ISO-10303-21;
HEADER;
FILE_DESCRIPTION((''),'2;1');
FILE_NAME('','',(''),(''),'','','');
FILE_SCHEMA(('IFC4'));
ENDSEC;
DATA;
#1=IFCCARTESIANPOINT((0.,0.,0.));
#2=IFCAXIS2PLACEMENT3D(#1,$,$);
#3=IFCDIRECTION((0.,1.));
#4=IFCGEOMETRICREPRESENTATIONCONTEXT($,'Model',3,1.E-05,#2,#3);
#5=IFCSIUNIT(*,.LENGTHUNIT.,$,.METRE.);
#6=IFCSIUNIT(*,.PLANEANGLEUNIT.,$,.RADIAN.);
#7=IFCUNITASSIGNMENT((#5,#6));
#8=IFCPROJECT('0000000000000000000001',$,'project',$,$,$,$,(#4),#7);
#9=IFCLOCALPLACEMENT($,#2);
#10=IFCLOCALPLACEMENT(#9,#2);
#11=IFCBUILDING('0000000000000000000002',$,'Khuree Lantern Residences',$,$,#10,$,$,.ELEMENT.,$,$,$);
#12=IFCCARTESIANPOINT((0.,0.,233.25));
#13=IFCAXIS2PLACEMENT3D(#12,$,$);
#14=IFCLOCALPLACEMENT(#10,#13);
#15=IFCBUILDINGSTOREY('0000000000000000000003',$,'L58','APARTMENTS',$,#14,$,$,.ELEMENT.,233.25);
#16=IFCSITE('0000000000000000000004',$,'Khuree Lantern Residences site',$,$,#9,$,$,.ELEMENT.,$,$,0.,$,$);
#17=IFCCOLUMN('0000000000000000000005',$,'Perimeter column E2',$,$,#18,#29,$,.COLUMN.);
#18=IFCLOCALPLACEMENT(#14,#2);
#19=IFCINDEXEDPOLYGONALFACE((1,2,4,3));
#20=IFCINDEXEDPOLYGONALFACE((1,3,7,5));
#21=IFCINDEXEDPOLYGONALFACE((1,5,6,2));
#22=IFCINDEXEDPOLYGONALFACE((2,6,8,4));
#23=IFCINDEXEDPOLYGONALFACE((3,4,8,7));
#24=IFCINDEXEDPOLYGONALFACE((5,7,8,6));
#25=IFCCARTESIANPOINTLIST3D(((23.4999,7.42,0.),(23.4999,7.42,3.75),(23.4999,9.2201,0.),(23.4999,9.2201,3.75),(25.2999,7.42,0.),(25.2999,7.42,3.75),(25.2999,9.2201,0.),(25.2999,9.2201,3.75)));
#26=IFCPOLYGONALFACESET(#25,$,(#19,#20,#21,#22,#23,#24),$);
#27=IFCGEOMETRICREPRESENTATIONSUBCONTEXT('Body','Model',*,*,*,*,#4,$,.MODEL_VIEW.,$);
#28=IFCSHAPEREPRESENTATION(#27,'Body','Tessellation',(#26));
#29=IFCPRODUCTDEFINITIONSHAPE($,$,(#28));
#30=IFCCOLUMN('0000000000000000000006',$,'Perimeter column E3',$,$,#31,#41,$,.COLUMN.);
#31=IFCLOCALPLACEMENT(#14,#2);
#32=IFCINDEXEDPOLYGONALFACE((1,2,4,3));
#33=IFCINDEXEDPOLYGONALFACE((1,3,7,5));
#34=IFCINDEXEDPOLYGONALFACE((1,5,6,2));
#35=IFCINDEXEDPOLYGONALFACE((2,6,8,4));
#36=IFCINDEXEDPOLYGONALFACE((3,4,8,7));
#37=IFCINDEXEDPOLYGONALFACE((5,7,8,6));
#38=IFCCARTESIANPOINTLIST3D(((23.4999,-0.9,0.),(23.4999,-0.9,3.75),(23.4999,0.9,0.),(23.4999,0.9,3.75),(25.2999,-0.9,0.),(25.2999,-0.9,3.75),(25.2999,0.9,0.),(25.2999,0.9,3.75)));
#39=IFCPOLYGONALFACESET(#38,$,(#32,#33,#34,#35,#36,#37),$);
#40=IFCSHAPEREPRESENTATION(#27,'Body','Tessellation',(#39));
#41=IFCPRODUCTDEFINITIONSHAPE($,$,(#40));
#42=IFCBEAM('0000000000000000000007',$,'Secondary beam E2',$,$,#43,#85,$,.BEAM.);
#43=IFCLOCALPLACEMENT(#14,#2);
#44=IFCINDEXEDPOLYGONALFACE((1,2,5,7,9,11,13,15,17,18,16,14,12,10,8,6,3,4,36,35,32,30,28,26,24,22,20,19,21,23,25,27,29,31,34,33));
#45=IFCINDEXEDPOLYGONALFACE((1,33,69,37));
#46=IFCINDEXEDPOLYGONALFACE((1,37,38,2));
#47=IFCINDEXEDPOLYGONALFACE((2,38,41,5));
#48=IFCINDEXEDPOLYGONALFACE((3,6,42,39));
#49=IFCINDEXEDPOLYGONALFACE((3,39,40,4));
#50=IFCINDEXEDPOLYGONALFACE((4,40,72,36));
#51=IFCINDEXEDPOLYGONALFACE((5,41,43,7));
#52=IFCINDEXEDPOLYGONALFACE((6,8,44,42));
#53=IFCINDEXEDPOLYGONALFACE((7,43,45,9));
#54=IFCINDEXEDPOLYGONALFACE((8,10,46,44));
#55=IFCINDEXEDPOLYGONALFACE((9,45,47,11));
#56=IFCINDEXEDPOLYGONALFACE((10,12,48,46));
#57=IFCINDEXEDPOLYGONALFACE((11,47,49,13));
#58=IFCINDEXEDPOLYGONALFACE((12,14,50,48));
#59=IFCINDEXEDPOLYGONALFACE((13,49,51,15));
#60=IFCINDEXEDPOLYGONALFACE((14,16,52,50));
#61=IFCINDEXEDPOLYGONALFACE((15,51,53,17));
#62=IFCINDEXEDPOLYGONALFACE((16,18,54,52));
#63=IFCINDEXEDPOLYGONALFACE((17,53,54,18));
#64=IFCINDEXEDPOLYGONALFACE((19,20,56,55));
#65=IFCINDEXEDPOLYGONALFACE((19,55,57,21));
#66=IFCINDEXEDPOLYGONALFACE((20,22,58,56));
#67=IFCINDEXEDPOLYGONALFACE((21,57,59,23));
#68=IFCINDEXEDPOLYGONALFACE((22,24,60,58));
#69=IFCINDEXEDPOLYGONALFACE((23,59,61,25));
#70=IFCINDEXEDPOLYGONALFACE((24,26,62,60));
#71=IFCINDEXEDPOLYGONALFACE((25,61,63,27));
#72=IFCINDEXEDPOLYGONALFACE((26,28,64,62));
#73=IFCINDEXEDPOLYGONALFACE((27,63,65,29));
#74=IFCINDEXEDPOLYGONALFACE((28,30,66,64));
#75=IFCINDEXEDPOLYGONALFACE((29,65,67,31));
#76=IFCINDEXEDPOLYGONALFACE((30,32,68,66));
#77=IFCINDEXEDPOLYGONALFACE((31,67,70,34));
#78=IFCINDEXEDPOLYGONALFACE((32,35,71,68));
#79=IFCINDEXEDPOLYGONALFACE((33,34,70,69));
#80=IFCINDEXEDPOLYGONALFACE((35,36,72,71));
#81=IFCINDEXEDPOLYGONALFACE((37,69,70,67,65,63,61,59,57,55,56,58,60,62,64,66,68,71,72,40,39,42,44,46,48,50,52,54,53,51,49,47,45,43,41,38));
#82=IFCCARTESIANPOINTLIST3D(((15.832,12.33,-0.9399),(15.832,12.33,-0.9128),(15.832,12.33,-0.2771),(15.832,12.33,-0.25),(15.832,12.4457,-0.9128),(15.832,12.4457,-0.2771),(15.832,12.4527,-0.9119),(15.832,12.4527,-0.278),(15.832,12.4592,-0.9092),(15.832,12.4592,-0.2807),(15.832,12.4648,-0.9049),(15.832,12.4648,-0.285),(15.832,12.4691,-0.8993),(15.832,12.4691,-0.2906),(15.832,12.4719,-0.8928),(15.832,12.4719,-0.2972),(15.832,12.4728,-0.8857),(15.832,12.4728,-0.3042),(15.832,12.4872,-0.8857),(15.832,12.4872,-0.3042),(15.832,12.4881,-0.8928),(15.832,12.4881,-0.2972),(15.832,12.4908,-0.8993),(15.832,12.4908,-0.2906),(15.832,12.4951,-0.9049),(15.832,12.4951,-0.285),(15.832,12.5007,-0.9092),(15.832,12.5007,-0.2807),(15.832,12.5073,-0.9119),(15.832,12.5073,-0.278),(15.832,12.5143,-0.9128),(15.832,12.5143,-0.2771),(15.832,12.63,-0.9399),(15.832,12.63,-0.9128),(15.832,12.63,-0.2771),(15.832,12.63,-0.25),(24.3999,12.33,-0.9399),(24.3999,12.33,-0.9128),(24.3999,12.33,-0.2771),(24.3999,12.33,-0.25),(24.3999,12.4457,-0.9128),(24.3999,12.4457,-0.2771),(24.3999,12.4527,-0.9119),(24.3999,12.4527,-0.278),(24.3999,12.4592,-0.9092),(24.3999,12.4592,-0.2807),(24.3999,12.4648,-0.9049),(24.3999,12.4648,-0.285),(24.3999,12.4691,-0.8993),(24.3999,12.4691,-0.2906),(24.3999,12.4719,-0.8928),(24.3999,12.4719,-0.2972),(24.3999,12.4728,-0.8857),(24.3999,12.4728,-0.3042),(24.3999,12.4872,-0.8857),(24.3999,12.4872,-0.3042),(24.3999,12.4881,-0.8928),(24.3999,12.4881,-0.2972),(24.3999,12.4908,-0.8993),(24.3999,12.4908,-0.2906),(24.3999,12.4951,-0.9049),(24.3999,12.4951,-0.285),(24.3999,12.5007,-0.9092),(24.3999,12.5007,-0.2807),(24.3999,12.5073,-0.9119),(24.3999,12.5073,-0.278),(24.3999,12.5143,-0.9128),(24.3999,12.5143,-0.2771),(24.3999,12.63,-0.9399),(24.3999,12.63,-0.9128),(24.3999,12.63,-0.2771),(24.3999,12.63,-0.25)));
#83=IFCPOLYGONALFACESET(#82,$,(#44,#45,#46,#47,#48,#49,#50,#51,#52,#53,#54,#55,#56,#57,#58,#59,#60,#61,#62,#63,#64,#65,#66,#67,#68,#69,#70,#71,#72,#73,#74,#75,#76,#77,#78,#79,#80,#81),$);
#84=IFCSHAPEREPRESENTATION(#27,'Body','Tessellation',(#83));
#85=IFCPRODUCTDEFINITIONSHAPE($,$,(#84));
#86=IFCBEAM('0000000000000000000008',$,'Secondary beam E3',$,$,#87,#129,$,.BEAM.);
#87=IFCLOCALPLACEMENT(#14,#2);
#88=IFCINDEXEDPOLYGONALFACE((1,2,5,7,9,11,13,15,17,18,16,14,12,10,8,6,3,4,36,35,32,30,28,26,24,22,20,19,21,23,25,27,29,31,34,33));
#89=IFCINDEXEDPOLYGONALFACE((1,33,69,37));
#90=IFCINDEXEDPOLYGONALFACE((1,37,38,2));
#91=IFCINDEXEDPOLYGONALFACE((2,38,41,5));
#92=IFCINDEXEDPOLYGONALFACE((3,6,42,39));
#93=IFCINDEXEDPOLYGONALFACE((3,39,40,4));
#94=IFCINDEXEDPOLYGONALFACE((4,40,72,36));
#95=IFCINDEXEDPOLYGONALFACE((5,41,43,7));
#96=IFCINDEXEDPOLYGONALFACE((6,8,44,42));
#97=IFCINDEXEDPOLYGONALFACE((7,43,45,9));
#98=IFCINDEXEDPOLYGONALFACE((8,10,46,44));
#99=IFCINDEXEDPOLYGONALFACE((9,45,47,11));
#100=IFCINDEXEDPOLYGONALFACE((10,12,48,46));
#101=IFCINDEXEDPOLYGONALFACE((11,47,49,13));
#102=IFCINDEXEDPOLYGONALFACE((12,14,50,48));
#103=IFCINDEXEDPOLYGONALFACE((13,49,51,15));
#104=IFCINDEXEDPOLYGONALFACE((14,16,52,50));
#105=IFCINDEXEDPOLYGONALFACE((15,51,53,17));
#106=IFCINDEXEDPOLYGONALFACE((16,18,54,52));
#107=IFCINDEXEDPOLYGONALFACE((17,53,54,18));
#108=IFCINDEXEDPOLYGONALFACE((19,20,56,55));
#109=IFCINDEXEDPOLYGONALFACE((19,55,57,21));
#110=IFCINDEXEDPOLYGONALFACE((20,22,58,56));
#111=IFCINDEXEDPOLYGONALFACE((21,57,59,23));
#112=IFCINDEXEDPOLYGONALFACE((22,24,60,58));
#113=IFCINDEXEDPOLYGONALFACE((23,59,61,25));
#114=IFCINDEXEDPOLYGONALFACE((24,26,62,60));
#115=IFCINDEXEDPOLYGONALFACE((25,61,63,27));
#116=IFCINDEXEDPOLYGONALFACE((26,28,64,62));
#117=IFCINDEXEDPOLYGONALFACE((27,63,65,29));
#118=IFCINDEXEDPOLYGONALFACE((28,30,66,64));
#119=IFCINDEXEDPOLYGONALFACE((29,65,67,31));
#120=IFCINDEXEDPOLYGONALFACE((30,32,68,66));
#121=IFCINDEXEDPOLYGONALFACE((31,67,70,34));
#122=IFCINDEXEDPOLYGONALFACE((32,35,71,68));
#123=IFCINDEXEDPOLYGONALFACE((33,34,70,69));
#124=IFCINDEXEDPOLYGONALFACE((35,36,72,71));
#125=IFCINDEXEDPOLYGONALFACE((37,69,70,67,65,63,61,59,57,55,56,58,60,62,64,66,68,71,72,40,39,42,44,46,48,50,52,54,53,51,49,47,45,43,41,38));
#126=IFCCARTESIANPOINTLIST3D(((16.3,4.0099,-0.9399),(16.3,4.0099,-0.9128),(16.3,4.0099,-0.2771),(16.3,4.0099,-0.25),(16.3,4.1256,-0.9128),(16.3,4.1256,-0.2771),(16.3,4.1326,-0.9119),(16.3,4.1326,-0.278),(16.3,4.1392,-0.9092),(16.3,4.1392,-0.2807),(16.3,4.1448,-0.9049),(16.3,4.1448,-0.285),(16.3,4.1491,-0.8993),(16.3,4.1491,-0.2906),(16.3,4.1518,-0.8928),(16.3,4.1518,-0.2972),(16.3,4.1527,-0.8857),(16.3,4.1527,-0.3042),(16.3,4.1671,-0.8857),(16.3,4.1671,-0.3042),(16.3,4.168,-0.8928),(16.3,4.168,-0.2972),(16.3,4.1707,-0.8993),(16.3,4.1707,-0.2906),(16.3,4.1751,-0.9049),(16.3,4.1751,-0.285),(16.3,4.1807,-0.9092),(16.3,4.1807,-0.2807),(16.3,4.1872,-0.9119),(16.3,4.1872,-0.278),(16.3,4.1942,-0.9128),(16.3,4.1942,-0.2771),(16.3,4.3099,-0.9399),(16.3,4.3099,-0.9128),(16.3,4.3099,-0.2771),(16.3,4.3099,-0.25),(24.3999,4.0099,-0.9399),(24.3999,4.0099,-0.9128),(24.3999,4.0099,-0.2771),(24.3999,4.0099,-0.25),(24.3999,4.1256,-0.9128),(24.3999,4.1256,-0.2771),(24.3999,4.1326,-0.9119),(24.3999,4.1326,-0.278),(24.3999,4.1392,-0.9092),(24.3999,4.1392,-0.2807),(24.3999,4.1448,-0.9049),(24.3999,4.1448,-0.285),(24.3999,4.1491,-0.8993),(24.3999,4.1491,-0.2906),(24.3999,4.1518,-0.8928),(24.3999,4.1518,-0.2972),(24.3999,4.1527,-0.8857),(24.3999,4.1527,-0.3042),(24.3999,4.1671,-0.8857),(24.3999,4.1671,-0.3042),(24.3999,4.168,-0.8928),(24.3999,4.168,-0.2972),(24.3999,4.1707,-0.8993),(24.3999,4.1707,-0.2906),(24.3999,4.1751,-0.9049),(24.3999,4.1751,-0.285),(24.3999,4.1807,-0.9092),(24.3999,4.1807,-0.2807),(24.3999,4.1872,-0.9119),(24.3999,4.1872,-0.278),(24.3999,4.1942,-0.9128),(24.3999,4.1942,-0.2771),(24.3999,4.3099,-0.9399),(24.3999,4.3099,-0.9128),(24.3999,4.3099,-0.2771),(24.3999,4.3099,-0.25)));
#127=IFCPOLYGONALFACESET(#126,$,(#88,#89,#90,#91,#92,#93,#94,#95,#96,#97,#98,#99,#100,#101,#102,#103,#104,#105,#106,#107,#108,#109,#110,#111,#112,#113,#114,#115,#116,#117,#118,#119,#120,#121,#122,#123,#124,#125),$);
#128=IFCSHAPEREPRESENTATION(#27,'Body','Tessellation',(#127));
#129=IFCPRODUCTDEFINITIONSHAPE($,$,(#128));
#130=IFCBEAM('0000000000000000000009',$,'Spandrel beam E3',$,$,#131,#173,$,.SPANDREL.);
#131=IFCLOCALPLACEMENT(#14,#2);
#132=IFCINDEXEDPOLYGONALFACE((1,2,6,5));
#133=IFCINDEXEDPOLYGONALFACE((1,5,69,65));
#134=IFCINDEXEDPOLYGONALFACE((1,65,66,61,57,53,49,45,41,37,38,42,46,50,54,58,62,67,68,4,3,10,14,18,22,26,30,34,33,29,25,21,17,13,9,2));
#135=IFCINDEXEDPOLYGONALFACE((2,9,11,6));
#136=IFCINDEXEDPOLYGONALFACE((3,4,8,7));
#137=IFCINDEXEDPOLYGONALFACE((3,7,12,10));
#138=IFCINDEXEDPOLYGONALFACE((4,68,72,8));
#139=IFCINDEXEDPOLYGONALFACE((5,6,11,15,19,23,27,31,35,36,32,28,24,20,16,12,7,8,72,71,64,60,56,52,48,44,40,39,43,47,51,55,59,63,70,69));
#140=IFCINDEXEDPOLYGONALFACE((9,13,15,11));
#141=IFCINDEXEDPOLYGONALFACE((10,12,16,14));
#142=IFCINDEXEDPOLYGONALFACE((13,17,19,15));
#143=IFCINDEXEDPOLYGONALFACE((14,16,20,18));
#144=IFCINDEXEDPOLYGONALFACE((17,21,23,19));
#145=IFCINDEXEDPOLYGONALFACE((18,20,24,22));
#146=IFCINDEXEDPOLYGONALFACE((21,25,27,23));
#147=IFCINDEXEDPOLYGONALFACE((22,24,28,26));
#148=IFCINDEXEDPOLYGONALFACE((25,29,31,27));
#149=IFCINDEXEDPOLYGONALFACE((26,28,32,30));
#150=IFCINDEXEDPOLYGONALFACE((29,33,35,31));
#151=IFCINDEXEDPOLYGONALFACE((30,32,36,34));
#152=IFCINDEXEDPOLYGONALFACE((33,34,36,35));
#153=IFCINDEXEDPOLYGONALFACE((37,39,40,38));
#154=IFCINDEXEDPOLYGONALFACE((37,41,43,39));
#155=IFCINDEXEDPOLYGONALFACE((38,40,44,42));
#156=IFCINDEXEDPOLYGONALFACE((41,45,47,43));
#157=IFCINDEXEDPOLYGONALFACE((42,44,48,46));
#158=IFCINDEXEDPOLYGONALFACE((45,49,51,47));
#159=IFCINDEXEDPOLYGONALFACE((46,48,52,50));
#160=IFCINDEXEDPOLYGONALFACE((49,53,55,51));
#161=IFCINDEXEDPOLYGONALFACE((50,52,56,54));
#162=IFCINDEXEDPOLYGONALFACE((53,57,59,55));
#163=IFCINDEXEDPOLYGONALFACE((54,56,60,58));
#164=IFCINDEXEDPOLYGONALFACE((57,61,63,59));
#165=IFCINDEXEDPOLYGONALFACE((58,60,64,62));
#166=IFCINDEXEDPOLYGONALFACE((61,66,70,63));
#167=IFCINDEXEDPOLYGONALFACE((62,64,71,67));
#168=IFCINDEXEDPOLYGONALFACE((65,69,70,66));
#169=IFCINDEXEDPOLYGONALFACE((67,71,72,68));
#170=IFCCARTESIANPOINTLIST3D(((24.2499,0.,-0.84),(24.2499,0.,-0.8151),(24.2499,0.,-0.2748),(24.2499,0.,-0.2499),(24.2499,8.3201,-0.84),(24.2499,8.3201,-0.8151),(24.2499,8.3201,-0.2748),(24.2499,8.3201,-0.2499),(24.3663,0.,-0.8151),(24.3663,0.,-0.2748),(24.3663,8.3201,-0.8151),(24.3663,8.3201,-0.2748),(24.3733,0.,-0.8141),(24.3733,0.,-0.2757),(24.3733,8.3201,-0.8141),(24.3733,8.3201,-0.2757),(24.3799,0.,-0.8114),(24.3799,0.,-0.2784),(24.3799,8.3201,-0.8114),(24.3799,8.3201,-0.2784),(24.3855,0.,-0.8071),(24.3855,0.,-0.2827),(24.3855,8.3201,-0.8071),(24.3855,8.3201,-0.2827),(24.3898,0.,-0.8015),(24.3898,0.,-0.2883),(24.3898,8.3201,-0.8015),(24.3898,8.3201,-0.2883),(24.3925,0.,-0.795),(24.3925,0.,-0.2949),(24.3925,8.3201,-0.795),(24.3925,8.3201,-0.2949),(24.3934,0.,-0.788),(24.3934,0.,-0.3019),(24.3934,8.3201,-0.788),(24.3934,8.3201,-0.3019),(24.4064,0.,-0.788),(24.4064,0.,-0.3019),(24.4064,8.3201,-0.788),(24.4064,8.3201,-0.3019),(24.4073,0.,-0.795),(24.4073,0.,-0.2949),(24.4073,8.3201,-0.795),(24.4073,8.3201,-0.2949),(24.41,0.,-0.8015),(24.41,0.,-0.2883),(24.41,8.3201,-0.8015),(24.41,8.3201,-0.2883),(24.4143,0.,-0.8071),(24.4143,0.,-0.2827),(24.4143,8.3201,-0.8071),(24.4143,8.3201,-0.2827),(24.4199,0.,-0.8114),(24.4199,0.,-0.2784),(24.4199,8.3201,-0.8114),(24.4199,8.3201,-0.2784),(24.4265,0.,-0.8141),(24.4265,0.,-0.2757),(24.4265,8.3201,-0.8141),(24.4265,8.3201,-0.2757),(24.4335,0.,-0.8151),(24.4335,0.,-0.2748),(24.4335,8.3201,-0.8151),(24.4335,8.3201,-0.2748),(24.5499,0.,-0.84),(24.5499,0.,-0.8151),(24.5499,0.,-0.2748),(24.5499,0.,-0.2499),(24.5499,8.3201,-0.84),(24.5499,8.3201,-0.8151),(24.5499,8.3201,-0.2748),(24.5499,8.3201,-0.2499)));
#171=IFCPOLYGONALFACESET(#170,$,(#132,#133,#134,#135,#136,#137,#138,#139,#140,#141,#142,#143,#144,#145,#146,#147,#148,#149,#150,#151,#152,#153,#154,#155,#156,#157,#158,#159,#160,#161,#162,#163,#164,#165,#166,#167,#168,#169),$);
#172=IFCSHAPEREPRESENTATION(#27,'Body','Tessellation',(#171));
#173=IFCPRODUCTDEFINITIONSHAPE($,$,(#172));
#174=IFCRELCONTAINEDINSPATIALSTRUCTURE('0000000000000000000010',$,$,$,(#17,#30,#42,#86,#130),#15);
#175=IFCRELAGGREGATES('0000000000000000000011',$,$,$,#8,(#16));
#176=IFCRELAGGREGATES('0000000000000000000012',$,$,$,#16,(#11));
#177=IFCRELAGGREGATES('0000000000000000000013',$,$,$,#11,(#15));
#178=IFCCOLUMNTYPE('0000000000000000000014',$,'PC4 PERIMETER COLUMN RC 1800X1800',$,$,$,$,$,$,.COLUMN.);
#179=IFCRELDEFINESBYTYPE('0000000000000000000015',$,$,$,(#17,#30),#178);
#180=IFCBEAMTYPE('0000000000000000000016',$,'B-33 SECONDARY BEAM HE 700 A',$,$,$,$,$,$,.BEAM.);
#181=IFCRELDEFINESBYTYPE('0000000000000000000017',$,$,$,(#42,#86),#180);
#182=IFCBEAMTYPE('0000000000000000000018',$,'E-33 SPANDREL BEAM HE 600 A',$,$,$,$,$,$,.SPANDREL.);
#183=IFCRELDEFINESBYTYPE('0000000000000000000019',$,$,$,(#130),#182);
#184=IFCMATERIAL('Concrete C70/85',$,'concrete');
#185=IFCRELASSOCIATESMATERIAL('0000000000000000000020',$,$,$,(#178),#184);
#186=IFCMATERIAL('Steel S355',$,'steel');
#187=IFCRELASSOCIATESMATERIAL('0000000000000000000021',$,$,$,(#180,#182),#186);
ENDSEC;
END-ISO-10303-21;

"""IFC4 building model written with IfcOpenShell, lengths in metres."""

from ifc_helpers import new_model, si_unit, direction, frame, origin, origin_2d, place, context, subcontext, project, spatial, rectangle, i_section, extrude, material, material_profile, profile_set, type_object, element, save


model = new_model("IFC4")

# Units and contexts
model_context = context("Model", 3, precision=1e-05, world=origin(), true_north=direction((0.0, 1.0)))
body_context = subcontext(model_context, "Body", "Model", "MODEL_VIEW")
ifc_project = project(units=[si_unit("LENGTHUNIT", "METRE"), si_unit("PLANEANGLEUNIT", "RADIAN")], contexts=[model_context])

# Site, building, storey
site_placement = place(None, origin())
site = spatial("IfcSite", under=ifc_project, at=site_placement, Name="Khuree Lantern Residences site", CompositionType="ELEMENT", RefElevation=0.0)
building_placement = place(site_placement, origin())
building = spatial("IfcBuilding", under=site, at=building_placement, Name="Khuree Lantern Residences", CompositionType="ELEMENT")
storey_placement = place(building_placement, frame((0.0, 0.0, 233.25)))
storey = spatial("IfcBuildingStorey", under=building, at=storey_placement, Name="L58", Description="APARTMENTS", CompositionType="ELEMENT", Elevation=233.25)

# Columns
ifc_material_1 = material(Name="Concrete C70/85", Category="concrete")
ifc_material_profile_1 = material_profile(ifc_material_1, rectangle(XDim=1.8, YDim=1.8, at=origin_2d()), Name="RC 1800X1800")
ifc_profile_set_1 = profile_set([ifc_material_profile_1], Name="Concrete C70/85")
column_type = type_object("IfcColumnType", Name="PC4 PERIMETER COLUMN RC 1800X1800", PredefinedType="COLUMN", material=ifc_profile_set_1)
for number, where, z_axis, x_axis, name in (
    (1, (24.3999, 8.3201, 0.0), (0.0, 0.0, 1.0), (0.0, 1.0, 0.0), "Perimeter column E2"),
    (2, (24.3999, 0.0, 0.0), (0.0, 0.0, 1.0), (0.0, 1.0, 0.0), "Perimeter column E3"),
):
    element("IfcColumn", number, at=place(storey_placement, frame(where, z_axis=z_axis, x_axis=x_axis)), inside=storey, type_object=column_type, Name=name, PredefinedType="COLUMN", context=body_context, shape_type="SweptSolid", body=[
        extrude(rectangle(XDim=1.8, YDim=1.8, at=origin_2d()), origin(), (0.0, 0.0, 1.0), 3.75),
    ])

# Beams
ifc_material_2 = material(Name="Steel S355", Category="steel")
ifc_material_profile_2 = material_profile(ifc_material_2, i_section(OverallWidth=0.3, OverallDepth=0.6899, WebThickness=0.0144, FlangeThickness=0.0271, FilletRadius=0.0271, at=origin_2d()), Name="HE 700 A")
ifc_profile_set_2 = profile_set([ifc_material_profile_2], Name="Steel S355")
beam_type_1 = type_object("IfcBeamType", Name="B-33 SECONDARY BEAM HE 700 A", PredefinedType="BEAM", material=ifc_profile_set_2)
beam_1_placement = place(storey_placement, frame((24.3999, 12.48, -0.595), z_axis=(-1.0, 0.0, 0.0), x_axis=(0.0, -1.0, 0.0)))
element("IfcBeam", 3, at=beam_1_placement, inside=storey, type_object=beam_type_1, Name="Secondary beam E2", PredefinedType="BEAM", context=body_context, shape_type="SweptSolid", body=[
    extrude(i_section(OverallWidth=0.3, OverallDepth=0.6899, WebThickness=0.0144, FlangeThickness=0.0271, FilletRadius=0.0271, at=origin_2d()), origin(), (0.0, 0.0, 1.0), 8.5679),
])
beam_2_placement = place(storey_placement, frame((24.3999, 4.1599, -0.595), z_axis=(-1.0, 0.0, 0.0), x_axis=(0.0, -1.0, 0.0)))
element("IfcBeam", 4, at=beam_2_placement, inside=storey, type_object=beam_type_1, Name="Secondary beam E3", PredefinedType="BEAM", context=body_context, shape_type="SweptSolid", body=[
    extrude(i_section(OverallWidth=0.3, OverallDepth=0.6899, WebThickness=0.0144, FlangeThickness=0.0271, FilletRadius=0.0271, at=origin_2d()), origin(), (0.0, 0.0, 1.0), 8.0999),
])
ifc_material_profile_3 = material_profile(ifc_material_2, i_section(OverallWidth=0.3, OverallDepth=0.5901, WebThickness=0.0129, FlangeThickness=0.0249, FilletRadius=0.0271, at=origin_2d()), Name="HE 600 A")
ifc_profile_set_3 = profile_set([ifc_material_profile_3], Name="Steel S355")
beam_type_2 = type_object("IfcBeamType", Name="E-33 SPANDREL BEAM HE 600 A", PredefinedType="SPANDREL", material=ifc_profile_set_3)
for number, where, z_axis, x_axis, name in (
    (5, (24.3999, 8.3201, -0.5449), (0.0, -1.0, 0.0), (1.0, 0.0, 0.0), "Spandrel beam E3"),
):
    element("IfcBeam", number, at=place(storey_placement, frame(where, z_axis=z_axis, x_axis=x_axis)), inside=storey, type_object=beam_type_2, Name=name, PredefinedType="SPANDREL", context=body_context, shape_type="SweptSolid", body=[
        extrude(i_section(OverallWidth=0.3, OverallDepth=0.5901, WebThickness=0.0129, FlangeThickness=0.0249, FilletRadius=0.0271, at=origin_2d()), origin(), (0.0, 0.0, 1.0), 8.3201),
    ])

save(model, "model.ifc")
